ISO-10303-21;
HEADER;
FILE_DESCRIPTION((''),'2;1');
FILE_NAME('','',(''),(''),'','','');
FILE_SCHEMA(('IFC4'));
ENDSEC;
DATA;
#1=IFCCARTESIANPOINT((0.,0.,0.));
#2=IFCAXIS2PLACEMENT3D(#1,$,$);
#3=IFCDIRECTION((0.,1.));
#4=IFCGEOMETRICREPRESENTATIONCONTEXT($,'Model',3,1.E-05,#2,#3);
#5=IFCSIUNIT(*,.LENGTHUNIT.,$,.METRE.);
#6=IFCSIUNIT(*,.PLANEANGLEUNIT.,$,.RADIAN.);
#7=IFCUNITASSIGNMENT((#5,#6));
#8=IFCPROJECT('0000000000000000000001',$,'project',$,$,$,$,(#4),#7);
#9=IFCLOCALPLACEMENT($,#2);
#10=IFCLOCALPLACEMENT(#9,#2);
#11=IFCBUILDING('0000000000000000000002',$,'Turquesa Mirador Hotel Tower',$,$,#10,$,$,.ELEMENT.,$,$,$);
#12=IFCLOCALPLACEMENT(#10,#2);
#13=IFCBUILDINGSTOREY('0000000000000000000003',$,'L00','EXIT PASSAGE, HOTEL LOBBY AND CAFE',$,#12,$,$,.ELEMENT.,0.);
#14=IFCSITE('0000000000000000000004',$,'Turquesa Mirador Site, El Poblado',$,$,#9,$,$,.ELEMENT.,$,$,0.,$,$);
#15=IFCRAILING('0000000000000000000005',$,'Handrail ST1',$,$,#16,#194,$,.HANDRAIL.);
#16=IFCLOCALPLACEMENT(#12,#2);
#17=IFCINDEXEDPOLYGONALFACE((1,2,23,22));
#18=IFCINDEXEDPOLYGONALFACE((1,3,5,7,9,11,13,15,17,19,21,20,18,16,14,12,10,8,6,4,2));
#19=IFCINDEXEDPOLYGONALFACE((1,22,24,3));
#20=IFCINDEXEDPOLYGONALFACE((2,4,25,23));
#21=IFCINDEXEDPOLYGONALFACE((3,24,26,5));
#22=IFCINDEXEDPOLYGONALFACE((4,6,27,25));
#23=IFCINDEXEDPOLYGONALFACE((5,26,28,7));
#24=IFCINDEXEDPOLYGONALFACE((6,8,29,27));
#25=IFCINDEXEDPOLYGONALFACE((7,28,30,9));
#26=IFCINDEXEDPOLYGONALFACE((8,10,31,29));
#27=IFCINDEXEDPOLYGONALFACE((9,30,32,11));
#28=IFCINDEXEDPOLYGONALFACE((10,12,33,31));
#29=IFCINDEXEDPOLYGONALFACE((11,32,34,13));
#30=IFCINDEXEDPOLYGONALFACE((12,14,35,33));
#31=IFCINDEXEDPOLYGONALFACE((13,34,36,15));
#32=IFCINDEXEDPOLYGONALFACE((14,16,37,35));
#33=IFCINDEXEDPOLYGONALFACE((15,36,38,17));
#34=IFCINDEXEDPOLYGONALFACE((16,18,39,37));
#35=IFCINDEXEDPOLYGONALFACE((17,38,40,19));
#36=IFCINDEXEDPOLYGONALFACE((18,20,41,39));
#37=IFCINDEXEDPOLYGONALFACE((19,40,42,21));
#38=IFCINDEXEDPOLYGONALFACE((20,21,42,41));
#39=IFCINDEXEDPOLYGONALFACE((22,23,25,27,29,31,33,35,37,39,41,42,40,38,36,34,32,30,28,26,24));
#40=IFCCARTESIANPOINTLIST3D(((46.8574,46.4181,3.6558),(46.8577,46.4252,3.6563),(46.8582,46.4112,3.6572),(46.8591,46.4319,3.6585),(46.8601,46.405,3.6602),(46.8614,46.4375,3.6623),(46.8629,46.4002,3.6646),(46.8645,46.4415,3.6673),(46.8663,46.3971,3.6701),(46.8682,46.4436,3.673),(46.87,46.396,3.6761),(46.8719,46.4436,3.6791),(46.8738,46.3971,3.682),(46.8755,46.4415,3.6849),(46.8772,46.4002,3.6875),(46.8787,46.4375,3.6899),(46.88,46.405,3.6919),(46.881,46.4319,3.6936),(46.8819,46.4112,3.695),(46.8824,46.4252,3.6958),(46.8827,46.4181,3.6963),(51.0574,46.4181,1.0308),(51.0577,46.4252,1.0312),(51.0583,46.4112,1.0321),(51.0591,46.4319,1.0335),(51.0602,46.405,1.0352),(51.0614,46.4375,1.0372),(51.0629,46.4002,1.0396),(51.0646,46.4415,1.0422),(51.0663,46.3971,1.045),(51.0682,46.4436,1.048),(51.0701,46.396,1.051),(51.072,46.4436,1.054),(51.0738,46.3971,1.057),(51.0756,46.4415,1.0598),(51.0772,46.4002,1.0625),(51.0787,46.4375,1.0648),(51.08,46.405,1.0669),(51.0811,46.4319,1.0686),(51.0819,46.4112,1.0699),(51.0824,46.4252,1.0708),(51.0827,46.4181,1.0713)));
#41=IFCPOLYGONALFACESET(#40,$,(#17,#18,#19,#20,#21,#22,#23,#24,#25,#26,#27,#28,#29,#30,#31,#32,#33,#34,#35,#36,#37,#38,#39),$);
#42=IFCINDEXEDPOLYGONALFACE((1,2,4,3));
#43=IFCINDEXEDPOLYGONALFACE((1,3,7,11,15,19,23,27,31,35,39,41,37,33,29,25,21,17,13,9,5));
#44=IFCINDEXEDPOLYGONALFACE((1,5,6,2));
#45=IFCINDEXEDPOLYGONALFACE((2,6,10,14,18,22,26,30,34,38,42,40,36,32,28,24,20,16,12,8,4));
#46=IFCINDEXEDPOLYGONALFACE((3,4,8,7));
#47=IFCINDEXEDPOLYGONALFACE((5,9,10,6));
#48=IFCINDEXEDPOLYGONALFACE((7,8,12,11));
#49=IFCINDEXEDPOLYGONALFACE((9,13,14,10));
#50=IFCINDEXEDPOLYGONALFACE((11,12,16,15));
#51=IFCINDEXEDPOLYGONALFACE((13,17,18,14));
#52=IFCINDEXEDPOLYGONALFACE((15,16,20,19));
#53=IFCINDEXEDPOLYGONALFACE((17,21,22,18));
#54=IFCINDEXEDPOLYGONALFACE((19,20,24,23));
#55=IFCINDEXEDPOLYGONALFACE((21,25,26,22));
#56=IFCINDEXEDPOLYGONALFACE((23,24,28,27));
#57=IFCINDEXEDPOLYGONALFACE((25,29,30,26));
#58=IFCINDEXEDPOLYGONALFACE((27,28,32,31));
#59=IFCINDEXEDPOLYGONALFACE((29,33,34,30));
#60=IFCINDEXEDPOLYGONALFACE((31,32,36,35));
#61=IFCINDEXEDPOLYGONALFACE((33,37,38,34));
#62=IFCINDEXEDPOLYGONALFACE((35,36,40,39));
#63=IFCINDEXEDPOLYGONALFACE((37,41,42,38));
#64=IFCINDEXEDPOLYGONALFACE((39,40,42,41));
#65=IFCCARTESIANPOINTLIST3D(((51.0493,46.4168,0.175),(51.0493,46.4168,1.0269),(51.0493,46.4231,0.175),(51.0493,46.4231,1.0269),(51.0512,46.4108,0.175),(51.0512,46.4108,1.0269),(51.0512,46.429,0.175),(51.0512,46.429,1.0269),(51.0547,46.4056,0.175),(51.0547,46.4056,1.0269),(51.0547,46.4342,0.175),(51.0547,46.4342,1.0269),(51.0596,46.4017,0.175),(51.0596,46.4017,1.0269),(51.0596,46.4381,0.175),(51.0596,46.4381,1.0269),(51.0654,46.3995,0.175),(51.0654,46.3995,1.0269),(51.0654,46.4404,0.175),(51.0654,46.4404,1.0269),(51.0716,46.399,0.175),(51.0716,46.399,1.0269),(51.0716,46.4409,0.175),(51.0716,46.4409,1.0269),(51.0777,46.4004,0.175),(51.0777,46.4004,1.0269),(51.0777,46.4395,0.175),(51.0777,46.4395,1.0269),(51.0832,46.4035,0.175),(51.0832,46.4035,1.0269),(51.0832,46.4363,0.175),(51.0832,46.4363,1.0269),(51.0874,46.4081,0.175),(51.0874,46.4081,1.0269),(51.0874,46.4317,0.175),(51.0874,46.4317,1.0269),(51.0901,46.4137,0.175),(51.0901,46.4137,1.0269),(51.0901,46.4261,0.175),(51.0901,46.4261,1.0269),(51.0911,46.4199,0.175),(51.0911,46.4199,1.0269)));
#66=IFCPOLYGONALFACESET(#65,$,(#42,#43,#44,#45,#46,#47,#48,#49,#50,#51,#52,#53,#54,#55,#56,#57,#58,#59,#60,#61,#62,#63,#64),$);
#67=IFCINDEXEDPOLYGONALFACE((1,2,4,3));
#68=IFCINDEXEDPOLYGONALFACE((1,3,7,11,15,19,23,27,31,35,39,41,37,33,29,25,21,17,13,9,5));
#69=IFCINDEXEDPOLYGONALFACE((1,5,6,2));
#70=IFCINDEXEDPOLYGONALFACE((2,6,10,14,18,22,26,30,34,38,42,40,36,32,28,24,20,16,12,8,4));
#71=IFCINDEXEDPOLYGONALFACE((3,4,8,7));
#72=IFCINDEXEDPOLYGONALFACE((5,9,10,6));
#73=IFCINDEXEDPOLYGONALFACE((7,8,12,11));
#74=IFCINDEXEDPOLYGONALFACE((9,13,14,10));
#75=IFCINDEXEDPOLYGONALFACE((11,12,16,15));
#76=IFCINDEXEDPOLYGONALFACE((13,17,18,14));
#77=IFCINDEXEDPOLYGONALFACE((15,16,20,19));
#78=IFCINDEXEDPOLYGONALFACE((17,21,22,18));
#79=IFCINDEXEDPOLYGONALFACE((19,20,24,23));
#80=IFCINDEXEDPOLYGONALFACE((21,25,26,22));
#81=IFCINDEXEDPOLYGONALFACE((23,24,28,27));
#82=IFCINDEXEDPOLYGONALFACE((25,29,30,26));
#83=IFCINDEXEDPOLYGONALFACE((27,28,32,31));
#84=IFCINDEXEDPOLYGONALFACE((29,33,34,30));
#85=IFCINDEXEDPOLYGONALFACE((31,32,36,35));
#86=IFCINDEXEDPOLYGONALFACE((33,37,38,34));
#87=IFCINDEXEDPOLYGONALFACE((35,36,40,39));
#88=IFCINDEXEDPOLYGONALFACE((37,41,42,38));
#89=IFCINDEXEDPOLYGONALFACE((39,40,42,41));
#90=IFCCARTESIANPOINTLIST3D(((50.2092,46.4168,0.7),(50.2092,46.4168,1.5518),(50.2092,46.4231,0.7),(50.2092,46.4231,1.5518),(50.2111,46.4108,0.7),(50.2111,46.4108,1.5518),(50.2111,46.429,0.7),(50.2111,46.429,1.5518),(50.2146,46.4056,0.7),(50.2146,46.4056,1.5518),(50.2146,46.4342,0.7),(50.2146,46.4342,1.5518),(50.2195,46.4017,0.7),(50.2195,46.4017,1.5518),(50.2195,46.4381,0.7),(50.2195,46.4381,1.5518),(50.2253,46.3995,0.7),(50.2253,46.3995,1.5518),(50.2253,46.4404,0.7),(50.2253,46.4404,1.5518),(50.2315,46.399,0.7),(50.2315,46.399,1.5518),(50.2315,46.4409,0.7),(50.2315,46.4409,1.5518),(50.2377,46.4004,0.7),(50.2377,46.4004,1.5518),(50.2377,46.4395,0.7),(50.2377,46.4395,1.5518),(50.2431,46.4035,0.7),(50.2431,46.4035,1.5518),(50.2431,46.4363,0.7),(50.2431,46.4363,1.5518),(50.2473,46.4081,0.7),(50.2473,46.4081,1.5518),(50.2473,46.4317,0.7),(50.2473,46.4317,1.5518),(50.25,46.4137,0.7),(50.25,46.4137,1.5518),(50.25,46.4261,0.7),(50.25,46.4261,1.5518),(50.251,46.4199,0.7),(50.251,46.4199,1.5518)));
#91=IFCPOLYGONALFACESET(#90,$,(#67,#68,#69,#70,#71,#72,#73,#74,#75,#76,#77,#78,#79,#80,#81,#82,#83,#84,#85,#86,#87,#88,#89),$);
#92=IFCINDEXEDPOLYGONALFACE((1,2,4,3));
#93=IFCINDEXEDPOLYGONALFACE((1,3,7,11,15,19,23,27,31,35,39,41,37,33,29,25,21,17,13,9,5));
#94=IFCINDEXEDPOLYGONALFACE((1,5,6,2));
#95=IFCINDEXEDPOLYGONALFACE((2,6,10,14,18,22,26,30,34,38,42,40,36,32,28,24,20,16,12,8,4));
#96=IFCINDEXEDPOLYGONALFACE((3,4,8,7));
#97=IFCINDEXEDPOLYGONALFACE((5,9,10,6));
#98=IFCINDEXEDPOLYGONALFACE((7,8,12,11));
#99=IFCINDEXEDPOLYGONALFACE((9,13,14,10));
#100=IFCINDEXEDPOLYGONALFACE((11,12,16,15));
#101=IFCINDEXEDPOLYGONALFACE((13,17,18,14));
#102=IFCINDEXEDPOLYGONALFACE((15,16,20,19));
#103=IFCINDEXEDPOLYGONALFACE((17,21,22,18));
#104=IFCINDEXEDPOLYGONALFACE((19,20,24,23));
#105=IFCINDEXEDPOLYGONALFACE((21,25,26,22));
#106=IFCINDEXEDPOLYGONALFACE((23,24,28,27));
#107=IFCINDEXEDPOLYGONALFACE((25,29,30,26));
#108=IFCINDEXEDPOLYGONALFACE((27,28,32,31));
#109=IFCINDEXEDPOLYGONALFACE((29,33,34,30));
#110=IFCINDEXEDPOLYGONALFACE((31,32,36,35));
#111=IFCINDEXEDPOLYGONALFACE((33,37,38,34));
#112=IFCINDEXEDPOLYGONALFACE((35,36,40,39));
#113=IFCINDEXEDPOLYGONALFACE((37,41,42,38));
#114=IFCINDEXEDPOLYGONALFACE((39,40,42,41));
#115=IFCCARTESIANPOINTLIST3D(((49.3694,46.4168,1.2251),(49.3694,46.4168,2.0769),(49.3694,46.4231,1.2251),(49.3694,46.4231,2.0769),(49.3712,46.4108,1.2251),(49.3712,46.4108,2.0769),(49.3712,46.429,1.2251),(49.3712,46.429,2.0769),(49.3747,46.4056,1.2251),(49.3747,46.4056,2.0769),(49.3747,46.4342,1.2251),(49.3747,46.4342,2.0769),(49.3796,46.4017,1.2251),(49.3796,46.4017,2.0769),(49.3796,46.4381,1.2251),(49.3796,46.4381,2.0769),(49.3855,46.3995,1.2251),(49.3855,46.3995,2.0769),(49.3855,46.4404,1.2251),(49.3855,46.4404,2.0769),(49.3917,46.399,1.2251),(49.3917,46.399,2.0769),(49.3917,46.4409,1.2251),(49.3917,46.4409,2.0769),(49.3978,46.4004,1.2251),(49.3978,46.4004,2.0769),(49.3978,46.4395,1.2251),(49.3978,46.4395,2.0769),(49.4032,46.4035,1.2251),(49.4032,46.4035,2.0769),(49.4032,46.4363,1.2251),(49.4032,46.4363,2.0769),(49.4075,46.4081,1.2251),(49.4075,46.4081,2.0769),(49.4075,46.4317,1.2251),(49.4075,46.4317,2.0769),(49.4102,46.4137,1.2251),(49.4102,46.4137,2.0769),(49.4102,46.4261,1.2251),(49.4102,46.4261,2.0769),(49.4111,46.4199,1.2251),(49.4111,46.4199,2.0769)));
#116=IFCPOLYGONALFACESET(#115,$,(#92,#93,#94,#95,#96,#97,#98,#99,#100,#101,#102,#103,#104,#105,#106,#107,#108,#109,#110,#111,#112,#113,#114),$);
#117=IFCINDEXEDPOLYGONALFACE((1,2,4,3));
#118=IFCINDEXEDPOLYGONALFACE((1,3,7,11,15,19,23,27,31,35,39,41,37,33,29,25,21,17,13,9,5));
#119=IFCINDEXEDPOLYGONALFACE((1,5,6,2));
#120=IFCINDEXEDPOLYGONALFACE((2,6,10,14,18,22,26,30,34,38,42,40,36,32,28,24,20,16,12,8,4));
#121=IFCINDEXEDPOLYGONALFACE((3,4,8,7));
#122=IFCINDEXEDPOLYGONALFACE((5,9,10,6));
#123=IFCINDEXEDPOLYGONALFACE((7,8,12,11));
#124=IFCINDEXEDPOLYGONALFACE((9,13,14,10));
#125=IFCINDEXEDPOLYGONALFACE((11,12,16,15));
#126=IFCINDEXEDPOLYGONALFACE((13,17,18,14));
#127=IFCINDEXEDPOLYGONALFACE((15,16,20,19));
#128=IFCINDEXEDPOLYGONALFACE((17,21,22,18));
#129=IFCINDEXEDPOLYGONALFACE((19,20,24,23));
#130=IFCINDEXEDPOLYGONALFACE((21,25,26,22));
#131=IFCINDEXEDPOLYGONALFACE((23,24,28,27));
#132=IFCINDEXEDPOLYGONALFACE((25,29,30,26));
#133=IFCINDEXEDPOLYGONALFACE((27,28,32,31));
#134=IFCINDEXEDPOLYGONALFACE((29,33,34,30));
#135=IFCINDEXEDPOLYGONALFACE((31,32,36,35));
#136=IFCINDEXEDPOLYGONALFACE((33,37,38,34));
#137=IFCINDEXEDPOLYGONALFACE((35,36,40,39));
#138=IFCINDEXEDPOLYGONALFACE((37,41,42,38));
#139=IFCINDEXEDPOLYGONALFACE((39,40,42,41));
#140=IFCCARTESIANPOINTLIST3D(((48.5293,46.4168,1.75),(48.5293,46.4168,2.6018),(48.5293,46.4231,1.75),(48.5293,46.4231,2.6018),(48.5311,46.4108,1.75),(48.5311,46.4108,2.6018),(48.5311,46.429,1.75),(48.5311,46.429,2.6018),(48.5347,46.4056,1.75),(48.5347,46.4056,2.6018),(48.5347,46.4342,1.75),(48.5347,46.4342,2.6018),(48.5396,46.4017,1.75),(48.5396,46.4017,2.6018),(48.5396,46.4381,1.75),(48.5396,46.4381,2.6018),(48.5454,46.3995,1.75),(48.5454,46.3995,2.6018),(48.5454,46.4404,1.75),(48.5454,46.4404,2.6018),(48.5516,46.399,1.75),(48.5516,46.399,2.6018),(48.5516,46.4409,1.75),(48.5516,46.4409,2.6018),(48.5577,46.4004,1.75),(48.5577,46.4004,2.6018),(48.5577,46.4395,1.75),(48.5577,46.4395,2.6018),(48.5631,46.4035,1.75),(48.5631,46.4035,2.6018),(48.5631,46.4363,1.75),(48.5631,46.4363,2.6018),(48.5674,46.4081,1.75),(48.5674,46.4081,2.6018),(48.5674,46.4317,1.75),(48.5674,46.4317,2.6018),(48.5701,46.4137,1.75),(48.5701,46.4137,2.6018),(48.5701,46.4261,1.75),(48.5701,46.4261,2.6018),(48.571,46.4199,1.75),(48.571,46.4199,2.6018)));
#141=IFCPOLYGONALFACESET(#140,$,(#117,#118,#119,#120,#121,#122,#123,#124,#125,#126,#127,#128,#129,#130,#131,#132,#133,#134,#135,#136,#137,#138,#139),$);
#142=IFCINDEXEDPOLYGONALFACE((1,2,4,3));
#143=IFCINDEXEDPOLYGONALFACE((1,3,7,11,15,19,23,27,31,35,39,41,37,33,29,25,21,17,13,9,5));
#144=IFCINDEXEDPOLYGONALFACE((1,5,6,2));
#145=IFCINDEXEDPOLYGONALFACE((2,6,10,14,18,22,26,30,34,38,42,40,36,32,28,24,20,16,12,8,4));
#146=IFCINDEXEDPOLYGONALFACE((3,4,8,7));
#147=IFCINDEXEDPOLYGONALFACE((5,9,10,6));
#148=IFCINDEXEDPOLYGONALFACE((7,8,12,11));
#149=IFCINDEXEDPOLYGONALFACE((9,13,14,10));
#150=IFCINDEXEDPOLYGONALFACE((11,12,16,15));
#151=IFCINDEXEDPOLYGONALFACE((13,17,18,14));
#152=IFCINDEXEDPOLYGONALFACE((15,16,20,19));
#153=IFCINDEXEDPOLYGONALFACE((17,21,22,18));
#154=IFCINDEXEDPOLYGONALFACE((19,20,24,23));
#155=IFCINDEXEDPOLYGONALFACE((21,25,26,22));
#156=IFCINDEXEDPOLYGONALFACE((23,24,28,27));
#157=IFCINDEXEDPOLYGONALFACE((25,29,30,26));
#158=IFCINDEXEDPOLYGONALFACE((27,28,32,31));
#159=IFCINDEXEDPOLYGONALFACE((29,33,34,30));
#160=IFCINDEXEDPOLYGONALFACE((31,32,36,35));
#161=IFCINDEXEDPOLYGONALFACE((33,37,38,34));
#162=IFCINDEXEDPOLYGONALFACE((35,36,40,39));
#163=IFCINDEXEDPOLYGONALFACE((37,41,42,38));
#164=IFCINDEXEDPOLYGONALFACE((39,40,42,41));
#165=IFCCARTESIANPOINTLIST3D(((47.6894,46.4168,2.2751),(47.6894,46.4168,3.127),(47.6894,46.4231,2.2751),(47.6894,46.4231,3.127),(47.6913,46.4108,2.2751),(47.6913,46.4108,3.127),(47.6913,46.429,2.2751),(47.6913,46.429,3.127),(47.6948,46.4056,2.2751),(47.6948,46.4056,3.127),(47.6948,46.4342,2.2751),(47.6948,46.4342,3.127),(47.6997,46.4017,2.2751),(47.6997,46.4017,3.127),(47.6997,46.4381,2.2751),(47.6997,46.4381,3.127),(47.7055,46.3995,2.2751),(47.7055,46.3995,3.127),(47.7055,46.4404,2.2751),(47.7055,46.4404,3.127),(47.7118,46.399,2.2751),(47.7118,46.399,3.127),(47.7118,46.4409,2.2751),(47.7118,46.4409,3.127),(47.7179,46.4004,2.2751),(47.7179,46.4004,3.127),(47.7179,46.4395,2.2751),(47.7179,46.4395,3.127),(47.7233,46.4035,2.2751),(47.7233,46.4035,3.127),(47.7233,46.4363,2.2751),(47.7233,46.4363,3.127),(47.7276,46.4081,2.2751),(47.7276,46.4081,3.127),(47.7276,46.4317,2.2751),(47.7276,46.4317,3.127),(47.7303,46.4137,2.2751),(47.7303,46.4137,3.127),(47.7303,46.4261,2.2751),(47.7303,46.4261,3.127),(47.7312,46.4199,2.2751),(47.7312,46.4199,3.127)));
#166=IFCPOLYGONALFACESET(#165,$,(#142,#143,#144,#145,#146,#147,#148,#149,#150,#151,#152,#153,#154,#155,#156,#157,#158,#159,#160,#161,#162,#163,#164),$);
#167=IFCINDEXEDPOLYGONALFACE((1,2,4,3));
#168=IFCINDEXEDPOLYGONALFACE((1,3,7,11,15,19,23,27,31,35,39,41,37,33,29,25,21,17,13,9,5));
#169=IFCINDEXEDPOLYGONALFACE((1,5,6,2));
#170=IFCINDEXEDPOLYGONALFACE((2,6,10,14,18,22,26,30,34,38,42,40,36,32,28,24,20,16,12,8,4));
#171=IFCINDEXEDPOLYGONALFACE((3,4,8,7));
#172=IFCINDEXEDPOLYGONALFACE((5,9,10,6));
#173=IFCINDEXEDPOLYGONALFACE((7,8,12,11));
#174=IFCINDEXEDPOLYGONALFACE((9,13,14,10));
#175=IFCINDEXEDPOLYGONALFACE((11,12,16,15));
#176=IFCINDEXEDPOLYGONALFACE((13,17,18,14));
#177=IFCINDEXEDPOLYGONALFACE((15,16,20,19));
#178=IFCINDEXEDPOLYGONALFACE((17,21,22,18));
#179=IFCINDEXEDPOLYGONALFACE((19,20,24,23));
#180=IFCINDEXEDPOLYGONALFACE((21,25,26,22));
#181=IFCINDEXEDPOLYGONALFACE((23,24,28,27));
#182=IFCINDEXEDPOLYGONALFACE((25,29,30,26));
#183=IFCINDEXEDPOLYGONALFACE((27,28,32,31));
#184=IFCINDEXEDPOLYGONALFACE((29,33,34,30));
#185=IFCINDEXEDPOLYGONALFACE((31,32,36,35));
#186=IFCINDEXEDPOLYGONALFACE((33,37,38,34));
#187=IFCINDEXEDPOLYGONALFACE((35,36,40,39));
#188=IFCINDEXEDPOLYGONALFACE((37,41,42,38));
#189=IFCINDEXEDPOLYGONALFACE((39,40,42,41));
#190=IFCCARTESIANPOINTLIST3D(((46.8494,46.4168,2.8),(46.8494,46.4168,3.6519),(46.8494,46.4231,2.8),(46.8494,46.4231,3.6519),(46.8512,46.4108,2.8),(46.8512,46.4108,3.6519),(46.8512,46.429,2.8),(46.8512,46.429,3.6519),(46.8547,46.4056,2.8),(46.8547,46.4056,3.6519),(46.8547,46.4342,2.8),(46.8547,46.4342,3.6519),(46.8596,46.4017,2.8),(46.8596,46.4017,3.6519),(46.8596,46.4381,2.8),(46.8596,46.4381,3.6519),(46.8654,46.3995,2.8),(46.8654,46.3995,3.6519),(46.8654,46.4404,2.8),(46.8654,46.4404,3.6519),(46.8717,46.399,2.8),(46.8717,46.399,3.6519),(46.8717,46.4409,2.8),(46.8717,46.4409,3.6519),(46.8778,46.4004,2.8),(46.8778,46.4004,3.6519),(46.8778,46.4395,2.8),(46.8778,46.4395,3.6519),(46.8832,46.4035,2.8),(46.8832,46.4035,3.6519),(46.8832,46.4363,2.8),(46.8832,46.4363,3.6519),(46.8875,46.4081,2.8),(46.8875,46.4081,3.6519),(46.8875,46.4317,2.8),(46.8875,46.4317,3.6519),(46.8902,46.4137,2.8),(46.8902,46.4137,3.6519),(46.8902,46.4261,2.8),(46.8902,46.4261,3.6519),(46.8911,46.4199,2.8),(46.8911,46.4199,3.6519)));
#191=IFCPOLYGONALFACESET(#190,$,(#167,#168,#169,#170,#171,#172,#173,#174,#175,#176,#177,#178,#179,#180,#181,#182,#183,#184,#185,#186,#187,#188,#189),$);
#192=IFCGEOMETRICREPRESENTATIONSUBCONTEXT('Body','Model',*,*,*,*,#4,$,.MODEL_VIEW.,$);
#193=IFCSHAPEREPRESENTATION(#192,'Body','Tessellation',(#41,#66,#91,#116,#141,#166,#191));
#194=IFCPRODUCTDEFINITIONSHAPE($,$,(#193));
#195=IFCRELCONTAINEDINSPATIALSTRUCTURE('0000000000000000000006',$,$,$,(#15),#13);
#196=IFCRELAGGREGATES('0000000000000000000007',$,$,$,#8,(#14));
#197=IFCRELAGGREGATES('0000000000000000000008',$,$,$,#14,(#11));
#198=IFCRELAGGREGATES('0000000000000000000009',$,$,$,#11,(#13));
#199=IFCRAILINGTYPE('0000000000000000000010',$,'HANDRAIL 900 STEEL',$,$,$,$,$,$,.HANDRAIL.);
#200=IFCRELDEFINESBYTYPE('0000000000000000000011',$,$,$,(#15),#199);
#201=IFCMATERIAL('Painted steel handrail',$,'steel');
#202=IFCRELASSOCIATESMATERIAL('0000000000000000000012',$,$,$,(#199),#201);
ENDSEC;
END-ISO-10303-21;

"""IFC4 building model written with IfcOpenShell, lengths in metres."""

from ifc_helpers import new_model, si_unit, direction, frame, origin, origin_2d, place, context, subcontext, project, spatial, circle, extrude, material, type_object, element, save


model = new_model("IFC4")

# Units and contexts
model_context = context("Model", 3, precision=1e-05, world=origin(), true_north=direction((0.0, 1.0)))
body_context = subcontext(model_context, "Body", "Model", "MODEL_VIEW")
ifc_project = project(units=[si_unit("LENGTHUNIT", "METRE"), si_unit("PLANEANGLEUNIT", "RADIAN")], contexts=[model_context])

# Site, building, storey
site_placement = place(None, origin())
site = spatial("IfcSite", under=ifc_project, at=site_placement, Name="Turquesa Mirador Site, El Poblado", CompositionType="ELEMENT", RefElevation=0.0)
building_placement = place(site_placement, origin())
building = spatial("IfcBuilding", under=site, at=building_placement, Name="Turquesa Mirador Hotel Tower", CompositionType="ELEMENT")
storey_placement = place(building_placement, origin())
storey = spatial("IfcBuildingStorey", under=building, at=storey_placement, Name="L00", Description="EXIT PASSAGE, HOTEL LOBBY AND CAFE", CompositionType="ELEMENT", Elevation=0.0)

# Railing
ifc_material_1 = material(Name="Painted steel handrail", Category="steel")
railing_type = type_object("IfcRailingType", Name="HANDRAIL 900 STEEL", PredefinedType="HANDRAIL", material=ifc_material_1)
for number, where, name in (
    (1, (51.0701, 46.4199, 0.175), "Handrail ST1"),
):
    element("IfcRailing", number, at=place(storey_placement, frame(where)), inside=storey, type_object=railing_type, Name=name, PredefinedType="HANDRAIL", context=body_context, shape_type="SweptSolid", body=[
        extrude(circle(Radius=0.0239, at=origin_2d()), frame((0.0, 0.0, 0.876), z_axis=(-0.847996, 0.0, 0.530003), x_axis=(0.0, -1.0, 0.0)), (0.0, 0.0, 1.0), 4.9529),
        extrude(circle(Radius=0.021, at=origin_2d()), origin(), (0.0, 0.0, 1.0), 0.8518),
        extrude(circle(Radius=0.021, at=origin_2d()), frame((-0.8401, 0.0, 0.5249)), (0.0, 0.0, 1.0), 0.8518),
        extrude(circle(Radius=0.021, at=origin_2d()), frame((-1.6799, 0.0, 1.05)), (0.0, 0.0, 1.0), 0.8518),
        extrude(circle(Radius=0.021, at=origin_2d()), frame((-2.52, 0.0, 1.575)), (0.0, 0.0, 1.0), 0.8518),
        extrude(circle(Radius=0.021, at=origin_2d()), frame((-3.3599, 0.0, 2.1001)), (0.0, 0.0, 1.0), 0.8518),
        extrude(circle(Radius=0.021, at=origin_2d()), frame((-4.2, 0.0, 2.625)), (0.0, 0.0, 1.0), 0.8518),
    ])

save(model, "model.ifc")
